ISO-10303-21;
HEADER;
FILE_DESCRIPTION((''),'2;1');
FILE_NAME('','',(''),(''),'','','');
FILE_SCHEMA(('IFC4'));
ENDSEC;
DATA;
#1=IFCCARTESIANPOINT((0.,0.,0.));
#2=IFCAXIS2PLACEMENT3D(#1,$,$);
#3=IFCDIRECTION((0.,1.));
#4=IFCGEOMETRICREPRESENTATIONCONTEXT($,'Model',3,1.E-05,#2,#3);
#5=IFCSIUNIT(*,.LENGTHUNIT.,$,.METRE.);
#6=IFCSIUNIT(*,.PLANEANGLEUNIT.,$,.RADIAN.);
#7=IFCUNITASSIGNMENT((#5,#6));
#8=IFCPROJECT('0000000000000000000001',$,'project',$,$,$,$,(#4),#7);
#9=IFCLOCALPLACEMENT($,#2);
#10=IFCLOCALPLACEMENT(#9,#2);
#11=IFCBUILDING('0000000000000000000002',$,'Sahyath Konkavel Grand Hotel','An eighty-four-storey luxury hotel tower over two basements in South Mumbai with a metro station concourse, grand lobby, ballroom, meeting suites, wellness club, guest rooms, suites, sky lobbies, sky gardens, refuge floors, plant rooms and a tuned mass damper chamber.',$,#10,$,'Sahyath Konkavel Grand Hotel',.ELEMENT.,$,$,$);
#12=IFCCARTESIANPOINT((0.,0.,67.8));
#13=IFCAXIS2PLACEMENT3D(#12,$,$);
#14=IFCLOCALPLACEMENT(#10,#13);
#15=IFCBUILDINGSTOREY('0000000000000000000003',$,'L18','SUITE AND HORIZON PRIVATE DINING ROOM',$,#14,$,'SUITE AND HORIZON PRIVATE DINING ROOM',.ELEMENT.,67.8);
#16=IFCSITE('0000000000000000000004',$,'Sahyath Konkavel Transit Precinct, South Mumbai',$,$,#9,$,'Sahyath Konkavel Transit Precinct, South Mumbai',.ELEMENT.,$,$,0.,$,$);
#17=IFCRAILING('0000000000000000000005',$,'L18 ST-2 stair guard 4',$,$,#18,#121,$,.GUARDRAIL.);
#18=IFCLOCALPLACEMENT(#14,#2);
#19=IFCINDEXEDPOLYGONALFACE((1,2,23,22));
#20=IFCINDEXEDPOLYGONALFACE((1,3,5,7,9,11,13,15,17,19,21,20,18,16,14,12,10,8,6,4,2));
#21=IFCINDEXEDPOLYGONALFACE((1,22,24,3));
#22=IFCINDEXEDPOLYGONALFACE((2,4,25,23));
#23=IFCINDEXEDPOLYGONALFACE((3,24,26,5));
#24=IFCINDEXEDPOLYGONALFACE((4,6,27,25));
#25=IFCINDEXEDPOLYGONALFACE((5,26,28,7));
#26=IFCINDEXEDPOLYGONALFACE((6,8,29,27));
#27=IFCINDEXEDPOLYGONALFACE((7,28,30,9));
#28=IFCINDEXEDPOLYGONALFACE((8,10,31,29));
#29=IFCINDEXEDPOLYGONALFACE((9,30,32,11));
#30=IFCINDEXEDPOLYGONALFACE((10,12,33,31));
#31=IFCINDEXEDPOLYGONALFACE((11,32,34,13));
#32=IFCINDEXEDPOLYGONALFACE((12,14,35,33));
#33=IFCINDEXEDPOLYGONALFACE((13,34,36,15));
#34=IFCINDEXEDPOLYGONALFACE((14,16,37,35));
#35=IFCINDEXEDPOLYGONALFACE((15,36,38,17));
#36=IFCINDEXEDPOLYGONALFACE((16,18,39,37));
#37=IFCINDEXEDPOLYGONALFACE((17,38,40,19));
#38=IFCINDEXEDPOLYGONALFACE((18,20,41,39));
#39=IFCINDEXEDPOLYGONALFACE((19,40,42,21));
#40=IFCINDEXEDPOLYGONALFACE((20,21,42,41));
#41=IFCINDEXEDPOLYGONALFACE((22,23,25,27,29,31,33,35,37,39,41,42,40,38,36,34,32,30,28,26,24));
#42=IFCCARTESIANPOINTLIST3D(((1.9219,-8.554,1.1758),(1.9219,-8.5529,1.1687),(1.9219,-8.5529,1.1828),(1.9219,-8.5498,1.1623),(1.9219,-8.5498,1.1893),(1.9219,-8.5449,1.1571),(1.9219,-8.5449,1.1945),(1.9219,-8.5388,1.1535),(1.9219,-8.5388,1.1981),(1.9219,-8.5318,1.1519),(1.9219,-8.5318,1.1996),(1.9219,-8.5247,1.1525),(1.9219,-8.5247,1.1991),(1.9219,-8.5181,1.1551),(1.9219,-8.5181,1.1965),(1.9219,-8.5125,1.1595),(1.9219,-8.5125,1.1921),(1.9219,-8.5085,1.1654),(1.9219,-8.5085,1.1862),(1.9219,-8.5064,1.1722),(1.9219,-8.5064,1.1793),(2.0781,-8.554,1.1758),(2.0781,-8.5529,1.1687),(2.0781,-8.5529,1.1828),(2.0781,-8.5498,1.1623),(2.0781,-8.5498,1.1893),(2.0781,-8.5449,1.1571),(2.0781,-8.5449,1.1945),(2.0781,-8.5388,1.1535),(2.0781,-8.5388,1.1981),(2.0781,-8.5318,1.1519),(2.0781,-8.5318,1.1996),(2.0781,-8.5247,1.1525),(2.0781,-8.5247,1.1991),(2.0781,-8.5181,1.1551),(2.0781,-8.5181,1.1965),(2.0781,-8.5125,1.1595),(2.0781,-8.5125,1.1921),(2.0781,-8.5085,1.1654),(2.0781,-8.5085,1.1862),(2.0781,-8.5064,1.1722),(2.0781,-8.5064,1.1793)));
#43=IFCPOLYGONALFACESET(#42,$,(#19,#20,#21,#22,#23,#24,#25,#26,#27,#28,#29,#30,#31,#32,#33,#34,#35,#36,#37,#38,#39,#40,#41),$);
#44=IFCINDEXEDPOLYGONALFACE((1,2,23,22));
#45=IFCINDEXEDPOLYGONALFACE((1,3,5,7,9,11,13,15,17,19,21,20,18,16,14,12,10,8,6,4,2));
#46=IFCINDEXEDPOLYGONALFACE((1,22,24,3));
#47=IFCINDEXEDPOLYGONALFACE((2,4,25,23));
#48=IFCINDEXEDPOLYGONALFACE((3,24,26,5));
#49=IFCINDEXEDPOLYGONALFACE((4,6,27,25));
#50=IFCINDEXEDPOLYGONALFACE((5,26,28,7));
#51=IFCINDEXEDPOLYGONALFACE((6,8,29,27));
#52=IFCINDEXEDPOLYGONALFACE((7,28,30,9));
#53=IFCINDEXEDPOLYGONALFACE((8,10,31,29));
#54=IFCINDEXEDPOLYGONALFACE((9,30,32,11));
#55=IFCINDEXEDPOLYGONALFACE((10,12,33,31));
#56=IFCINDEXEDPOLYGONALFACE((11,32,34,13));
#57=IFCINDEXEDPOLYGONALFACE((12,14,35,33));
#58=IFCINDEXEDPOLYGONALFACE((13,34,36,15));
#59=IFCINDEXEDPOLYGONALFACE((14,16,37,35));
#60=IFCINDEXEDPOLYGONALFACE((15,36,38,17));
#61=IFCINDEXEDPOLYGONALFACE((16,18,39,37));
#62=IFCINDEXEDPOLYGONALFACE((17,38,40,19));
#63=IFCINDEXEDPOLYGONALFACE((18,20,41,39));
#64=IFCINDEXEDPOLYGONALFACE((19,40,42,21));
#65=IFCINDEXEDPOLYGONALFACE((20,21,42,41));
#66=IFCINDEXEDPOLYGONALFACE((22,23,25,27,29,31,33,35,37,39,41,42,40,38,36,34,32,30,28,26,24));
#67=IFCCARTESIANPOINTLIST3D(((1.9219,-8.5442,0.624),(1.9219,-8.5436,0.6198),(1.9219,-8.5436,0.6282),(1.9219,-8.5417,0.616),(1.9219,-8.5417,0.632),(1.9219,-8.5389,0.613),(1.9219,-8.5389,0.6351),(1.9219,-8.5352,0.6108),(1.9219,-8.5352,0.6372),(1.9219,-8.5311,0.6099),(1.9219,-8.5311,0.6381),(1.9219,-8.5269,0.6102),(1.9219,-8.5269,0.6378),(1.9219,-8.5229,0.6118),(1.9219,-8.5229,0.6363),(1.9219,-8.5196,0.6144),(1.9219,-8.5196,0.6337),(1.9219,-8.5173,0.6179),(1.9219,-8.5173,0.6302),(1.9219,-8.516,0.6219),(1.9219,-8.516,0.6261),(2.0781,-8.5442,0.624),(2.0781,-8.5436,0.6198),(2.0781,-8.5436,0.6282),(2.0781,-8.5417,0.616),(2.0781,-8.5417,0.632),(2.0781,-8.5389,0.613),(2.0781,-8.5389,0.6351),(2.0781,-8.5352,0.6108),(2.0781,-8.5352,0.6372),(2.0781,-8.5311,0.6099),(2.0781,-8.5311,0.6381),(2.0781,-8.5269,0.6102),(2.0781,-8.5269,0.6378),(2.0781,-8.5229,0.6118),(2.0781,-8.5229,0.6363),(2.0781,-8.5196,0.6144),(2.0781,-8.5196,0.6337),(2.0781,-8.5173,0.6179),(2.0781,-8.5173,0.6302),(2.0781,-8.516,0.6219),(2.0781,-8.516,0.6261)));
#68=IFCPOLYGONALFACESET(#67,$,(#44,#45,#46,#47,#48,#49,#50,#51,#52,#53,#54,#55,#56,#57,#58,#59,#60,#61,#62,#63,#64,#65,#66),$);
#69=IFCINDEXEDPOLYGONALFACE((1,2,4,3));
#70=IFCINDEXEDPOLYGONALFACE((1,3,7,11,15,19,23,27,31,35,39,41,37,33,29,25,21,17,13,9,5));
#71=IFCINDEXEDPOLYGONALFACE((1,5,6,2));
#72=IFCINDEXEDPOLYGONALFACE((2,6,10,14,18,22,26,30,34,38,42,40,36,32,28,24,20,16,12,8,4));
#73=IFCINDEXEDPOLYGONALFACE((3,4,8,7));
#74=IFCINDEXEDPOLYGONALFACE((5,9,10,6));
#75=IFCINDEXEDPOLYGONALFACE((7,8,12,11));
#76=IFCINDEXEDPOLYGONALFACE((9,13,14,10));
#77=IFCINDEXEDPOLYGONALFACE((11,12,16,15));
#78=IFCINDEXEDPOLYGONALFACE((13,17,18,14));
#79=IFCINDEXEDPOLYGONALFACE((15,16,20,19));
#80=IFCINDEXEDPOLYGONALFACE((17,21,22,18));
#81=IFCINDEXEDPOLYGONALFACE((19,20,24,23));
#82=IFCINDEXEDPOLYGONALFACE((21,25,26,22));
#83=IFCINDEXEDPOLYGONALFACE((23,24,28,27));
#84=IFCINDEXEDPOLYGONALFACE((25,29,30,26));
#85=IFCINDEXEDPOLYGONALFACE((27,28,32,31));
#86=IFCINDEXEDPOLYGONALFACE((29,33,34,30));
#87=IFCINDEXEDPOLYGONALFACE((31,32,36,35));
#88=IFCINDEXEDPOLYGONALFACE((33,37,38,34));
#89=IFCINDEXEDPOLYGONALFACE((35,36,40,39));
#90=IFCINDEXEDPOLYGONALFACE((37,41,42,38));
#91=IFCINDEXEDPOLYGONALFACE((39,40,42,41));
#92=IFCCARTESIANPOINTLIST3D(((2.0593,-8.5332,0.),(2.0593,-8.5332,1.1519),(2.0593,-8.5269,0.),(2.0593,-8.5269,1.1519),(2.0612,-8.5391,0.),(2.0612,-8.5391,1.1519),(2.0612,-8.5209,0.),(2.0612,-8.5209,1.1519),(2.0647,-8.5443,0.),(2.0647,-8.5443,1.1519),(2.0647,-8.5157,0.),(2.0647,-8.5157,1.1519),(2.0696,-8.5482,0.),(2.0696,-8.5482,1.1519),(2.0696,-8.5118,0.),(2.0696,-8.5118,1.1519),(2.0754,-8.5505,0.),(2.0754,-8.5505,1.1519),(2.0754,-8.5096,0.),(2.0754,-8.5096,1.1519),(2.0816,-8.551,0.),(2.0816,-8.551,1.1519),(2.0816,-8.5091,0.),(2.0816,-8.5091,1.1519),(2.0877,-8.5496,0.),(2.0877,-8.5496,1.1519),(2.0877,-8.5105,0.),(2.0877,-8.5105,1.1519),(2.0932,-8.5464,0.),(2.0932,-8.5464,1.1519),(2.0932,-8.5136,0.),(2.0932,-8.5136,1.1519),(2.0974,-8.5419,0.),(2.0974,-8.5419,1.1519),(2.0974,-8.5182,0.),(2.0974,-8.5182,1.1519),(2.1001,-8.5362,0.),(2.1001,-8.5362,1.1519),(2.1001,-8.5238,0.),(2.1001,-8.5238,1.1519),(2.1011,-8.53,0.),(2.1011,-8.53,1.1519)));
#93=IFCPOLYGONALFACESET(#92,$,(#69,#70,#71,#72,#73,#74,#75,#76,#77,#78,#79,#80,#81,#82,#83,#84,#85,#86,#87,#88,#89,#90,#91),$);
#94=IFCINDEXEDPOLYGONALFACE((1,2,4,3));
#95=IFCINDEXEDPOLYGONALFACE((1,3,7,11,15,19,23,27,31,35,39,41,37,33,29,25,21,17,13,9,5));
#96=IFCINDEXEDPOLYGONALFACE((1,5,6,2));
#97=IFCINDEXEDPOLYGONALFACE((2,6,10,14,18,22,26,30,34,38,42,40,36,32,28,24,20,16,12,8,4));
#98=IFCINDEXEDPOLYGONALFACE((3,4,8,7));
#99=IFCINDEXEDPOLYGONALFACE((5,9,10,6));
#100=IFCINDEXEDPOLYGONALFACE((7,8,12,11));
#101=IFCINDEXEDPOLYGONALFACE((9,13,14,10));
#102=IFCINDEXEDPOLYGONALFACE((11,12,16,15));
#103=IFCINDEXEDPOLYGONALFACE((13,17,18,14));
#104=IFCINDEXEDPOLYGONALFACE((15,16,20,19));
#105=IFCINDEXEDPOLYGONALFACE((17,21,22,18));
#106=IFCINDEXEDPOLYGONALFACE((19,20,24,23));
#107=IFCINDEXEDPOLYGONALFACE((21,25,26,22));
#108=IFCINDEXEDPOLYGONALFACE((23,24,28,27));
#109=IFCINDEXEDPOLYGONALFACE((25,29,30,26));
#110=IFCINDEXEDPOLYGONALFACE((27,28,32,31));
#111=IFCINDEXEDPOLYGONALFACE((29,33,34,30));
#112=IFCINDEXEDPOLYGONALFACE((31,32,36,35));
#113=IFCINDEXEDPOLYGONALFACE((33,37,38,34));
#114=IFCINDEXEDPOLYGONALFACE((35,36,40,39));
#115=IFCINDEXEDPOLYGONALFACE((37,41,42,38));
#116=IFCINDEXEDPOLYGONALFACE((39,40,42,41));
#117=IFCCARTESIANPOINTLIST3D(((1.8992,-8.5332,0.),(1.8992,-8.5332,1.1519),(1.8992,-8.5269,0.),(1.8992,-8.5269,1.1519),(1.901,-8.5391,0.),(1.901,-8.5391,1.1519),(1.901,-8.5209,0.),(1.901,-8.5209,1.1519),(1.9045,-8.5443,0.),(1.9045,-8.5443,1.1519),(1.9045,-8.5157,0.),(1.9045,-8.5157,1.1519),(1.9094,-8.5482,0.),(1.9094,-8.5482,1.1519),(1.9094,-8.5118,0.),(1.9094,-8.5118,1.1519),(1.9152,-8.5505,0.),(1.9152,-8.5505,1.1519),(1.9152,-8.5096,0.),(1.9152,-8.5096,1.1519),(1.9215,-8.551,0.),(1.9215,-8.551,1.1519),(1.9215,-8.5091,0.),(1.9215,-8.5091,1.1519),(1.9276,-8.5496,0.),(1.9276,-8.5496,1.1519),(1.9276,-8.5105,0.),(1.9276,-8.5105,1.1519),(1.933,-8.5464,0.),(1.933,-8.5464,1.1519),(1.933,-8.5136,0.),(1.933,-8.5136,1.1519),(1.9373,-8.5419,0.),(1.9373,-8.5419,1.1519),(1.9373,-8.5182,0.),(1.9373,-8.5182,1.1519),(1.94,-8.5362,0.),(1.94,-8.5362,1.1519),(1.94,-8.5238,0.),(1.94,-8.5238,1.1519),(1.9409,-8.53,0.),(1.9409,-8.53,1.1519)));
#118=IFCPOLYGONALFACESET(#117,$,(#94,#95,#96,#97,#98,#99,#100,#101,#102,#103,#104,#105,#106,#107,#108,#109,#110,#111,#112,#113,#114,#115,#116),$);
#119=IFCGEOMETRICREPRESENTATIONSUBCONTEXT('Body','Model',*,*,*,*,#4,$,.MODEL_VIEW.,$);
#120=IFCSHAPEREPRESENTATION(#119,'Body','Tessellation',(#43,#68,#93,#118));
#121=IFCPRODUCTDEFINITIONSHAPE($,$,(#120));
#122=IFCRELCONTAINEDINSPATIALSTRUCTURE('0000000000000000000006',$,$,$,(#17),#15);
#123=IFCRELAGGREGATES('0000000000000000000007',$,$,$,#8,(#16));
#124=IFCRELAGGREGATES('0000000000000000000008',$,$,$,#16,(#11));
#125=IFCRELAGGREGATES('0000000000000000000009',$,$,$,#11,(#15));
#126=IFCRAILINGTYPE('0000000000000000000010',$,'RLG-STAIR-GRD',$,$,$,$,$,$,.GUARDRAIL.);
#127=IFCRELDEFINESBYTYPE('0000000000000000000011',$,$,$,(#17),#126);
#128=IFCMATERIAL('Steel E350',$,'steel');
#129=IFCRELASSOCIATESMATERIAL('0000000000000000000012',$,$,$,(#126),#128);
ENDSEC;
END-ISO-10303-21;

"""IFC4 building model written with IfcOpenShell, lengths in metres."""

from ifc_helpers import new_model, si_unit, direction, frame, origin, origin_2d, place, context, subcontext, project, spatial, circle, extrude, material, type_object, element, save


model = new_model("IFC4")

# Units and contexts
model_context = context("Model", 3, precision=1e-05, world=origin(), true_north=direction((0.0, 1.0)))
body_context = subcontext(model_context, "Body", "Model", "MODEL_VIEW")
ifc_project = project(units=[si_unit("LENGTHUNIT", "METRE"), si_unit("PLANEANGLEUNIT", "RADIAN")], contexts=[model_context])

# Site, building, storey
site_placement = place(None, origin())
site = spatial("IfcSite", under=ifc_project, at=site_placement, Name="Sahyath Konkavel Transit Precinct, South Mumbai", LongName="Sahyath Konkavel Transit Precinct, South Mumbai", CompositionType="ELEMENT", RefElevation=0.0)
building_placement = place(site_placement, origin())
building = spatial("IfcBuilding", under=site, at=building_placement, Name="Sahyath Konkavel Grand Hotel", Description="An eighty-four-storey luxury hotel tower over two basements in South Mumbai with a metro station concourse, grand lobby, ballroom, meeting suites, wellness club, guest rooms, suites, sky lobbies, sky gardens, refuge floors, plant rooms and a tuned mass damper chamber.", LongName="Sahyath Konkavel Grand Hotel", CompositionType="ELEMENT")
storey_placement = place(building_placement, frame((0.0, 0.0, 67.8)))
storey = spatial("IfcBuildingStorey", under=building, at=storey_placement, Name="L18", Description="SUITE AND HORIZON PRIVATE DINING ROOM", LongName="SUITE AND HORIZON PRIVATE DINING ROOM", CompositionType="ELEMENT", Elevation=67.8)

# Shared definitions
ifc_material_1 = material(Name="Steel E350", Category="steel")

# Railing
railing_type_1 = type_object("IfcRailingType", Name="RLG-STAIR-GRD", PredefinedType="GUARDRAIL", material=ifc_material_1)
railing_1_placement = place(storey_placement, frame((2.0801, -8.53, 0.0)))
element("IfcRailing", 1, at=railing_1_placement, inside=storey, type_object=railing_type_1, Name="L18 ST-2 stair guard 4", PredefinedType="GUARDRAIL", context=body_context, shape_type="SweptSolid", body=[
    extrude(circle(Radius=0.0239, at=origin_2d()), frame((-0.002, 0.0, 1.1758), z_axis=(-1.0, 0.0, 0.0), x_axis=(0.0, -1.0, 0.0)), (0.0, 0.0, 1.0), 0.1562),
    extrude(circle(Radius=0.0142, at=origin_2d()), frame((-0.002, 0.0, 0.624), z_axis=(-1.0, 0.0, 0.0), x_axis=(0.0, -1.0, 0.0)), (0.0, 0.0, 1.0), 0.1562),
    extrude(circle(Radius=0.021, at=origin_2d()), origin(), (0.0, 0.0, 1.0), 1.1519),
    extrude(circle(Radius=0.021, at=origin_2d()), frame((-0.1602, 0.0, 0.0)), (0.0, 0.0, 1.0), 1.1519),
])

save(model, "model.ifc")
